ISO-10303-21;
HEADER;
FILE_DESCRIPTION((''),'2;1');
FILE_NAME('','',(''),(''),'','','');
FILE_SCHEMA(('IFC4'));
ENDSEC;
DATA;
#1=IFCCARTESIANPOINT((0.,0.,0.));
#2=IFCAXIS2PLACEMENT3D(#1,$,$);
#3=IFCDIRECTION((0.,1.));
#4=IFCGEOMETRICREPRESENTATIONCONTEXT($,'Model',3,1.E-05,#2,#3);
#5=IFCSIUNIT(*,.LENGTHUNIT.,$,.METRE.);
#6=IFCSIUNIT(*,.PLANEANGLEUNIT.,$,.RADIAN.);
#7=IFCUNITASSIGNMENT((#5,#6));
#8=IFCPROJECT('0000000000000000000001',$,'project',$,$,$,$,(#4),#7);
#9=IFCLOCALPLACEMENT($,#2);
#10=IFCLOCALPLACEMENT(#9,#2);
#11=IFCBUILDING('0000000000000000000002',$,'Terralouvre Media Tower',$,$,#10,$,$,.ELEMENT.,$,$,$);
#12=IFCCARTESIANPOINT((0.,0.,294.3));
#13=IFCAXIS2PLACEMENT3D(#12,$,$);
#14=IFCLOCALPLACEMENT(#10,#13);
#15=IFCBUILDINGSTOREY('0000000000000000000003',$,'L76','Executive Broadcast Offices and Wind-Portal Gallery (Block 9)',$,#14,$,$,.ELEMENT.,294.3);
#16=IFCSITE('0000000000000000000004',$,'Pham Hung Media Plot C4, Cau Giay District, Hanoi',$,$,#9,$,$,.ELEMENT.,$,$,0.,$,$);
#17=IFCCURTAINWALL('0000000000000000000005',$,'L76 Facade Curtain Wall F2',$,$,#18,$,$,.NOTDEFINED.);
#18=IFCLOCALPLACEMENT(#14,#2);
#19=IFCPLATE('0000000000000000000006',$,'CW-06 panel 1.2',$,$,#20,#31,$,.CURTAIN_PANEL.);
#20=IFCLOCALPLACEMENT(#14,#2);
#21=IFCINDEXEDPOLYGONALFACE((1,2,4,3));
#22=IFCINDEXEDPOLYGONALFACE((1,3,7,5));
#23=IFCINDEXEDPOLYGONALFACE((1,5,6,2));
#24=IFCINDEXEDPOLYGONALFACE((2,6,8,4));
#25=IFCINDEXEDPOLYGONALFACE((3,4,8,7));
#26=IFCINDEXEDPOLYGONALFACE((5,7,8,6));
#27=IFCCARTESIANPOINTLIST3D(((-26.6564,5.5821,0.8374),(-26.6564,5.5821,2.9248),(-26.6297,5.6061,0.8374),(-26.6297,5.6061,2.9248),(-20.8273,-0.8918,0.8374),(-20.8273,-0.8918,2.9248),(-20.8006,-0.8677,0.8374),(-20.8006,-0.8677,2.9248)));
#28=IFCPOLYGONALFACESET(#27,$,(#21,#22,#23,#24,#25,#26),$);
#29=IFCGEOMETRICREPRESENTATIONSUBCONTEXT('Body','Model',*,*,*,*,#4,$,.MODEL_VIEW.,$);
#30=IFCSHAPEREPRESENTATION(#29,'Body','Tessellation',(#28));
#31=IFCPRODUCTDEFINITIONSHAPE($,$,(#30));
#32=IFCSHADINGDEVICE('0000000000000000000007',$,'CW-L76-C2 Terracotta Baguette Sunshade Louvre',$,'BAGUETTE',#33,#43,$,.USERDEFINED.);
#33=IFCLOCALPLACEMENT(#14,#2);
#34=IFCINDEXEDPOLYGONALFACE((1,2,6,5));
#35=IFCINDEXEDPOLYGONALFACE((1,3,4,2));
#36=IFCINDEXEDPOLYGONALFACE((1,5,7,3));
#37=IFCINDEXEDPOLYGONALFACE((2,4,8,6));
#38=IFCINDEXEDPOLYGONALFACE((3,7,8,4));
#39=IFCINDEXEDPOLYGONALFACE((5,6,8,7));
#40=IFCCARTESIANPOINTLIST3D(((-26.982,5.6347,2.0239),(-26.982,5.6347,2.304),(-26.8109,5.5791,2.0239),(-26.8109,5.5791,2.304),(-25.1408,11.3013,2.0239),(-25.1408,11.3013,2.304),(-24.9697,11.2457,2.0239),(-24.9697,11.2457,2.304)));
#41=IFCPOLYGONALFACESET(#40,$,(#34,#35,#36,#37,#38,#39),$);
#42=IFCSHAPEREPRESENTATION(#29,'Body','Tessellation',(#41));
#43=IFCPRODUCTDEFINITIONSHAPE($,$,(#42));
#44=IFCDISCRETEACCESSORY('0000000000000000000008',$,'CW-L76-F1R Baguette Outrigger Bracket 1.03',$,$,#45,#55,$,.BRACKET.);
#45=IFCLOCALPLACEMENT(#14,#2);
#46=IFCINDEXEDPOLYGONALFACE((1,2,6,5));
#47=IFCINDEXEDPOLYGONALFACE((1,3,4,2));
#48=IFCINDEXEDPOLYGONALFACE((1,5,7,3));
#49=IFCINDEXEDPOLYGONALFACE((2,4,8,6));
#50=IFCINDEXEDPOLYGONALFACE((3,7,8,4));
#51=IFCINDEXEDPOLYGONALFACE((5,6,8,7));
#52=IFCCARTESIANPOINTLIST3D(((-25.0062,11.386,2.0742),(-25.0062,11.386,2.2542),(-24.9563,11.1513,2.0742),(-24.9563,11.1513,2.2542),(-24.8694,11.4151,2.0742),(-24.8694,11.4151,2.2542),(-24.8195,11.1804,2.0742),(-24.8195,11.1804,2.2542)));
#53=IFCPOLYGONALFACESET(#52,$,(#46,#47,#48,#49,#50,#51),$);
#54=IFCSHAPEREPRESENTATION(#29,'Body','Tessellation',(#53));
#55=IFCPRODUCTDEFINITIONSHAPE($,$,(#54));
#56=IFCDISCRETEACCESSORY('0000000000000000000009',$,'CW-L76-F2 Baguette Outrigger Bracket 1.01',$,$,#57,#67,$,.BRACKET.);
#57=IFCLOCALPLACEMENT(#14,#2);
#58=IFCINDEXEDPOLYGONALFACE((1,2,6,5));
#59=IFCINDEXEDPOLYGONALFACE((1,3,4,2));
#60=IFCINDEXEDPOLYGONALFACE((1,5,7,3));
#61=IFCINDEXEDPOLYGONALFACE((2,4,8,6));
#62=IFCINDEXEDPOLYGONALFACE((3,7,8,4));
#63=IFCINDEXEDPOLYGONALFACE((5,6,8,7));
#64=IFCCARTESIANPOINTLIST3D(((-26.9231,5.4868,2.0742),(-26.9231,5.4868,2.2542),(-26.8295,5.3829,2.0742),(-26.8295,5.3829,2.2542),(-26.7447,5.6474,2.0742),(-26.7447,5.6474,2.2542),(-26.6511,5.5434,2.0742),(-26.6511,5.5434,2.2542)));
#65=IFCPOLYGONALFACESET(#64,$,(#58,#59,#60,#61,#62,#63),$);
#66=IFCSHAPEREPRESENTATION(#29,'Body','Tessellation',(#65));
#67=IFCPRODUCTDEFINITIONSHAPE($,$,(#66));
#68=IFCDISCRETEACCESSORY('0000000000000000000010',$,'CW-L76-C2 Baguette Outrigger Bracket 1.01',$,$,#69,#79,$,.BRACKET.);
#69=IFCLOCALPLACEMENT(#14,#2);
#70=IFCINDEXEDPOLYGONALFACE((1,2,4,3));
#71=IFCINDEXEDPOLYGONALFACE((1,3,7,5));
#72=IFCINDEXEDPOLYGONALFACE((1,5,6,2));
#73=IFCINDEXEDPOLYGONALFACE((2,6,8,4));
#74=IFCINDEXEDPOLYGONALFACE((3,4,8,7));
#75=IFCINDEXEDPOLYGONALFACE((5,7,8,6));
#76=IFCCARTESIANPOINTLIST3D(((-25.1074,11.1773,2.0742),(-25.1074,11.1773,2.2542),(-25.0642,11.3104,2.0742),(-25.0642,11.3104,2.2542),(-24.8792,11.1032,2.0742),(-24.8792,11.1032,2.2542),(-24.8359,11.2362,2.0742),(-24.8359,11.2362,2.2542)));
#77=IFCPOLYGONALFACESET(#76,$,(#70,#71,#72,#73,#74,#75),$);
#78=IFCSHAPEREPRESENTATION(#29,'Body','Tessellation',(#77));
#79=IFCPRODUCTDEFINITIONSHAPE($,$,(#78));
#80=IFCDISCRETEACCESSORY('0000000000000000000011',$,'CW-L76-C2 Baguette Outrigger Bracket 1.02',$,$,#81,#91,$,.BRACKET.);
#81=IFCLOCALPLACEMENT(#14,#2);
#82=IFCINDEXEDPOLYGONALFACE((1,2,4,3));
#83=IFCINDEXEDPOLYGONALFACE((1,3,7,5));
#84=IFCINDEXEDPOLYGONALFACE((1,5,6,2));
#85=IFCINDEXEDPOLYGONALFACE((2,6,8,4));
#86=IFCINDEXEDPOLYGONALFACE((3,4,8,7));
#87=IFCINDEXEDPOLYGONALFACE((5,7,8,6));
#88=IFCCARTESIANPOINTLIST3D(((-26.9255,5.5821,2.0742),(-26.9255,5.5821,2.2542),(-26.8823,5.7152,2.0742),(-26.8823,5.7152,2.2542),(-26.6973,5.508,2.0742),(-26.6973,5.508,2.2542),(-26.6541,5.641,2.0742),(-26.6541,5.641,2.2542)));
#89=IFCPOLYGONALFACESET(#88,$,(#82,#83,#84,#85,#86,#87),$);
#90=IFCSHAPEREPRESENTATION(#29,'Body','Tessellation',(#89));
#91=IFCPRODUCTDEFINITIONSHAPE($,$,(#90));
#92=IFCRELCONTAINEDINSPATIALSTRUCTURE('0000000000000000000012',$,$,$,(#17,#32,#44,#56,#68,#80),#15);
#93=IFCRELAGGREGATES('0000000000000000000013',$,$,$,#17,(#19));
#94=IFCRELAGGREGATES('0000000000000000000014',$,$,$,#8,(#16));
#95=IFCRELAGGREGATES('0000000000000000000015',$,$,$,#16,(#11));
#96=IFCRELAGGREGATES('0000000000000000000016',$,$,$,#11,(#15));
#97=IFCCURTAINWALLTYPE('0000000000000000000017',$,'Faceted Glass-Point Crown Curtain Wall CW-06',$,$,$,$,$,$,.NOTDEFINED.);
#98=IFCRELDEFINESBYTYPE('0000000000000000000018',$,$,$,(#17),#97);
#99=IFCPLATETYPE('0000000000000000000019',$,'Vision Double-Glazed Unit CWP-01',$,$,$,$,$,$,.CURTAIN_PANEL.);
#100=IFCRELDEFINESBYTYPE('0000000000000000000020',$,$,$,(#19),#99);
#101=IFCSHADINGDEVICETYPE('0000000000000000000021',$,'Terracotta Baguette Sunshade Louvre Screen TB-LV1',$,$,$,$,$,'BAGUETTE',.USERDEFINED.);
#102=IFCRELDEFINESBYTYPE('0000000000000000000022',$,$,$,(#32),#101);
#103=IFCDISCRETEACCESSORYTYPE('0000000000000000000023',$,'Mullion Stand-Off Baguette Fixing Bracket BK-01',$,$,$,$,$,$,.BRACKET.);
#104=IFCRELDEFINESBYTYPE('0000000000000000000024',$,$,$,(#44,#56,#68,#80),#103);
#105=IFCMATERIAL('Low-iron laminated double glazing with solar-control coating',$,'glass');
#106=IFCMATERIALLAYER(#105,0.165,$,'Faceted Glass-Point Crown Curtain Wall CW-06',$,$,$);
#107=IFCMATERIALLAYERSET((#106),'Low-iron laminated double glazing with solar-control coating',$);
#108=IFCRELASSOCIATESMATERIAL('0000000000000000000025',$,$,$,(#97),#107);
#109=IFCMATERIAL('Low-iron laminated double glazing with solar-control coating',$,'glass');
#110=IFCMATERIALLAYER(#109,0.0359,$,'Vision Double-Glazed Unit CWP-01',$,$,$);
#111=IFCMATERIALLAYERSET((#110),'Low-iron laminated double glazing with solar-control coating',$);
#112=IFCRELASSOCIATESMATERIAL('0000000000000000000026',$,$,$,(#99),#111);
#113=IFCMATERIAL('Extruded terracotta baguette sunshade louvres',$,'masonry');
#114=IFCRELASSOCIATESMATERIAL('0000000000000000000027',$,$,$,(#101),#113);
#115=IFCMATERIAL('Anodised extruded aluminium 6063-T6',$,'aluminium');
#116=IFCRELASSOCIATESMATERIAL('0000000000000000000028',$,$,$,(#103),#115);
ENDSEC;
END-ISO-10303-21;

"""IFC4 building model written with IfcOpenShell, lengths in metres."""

from ifc_helpers import new_model, si_unit, direction, frame, origin, origin_2d, place, context, subcontext, project, spatial, rectangle, extrude, material, layer, layer_set, type_object, element, aggregate, save


model = new_model("IFC4")

# Units and contexts
model_context = context("Model", 3, precision=1e-05, world=origin(), true_north=direction((0.0, 1.0)))
body_context = subcontext(model_context, "Body", "Model", "MODEL_VIEW")
ifc_project = project(units=[si_unit("LENGTHUNIT", "METRE"), si_unit("PLANEANGLEUNIT", "RADIAN")], contexts=[model_context])

# Site, building, storey
site_placement = place(None, origin())
site = spatial("IfcSite", under=ifc_project, at=site_placement, Name="Pham Hung Media Plot C4, Cau Giay District, Hanoi", CompositionType="ELEMENT", RefElevation=0.0)
building_placement = place(site_placement, origin())
building = spatial("IfcBuilding", under=site, at=building_placement, Name="Terralouvre Media Tower", CompositionType="ELEMENT")
storey_placement = place(building_placement, frame((0.0, 0.0, 294.3)))
storey = spatial("IfcBuildingStorey", under=building, at=storey_placement, Name="L76", Description="Executive Broadcast Offices and Wind-Portal Gallery (Block 9)", CompositionType="ELEMENT", Elevation=294.3)

# Curtain wall
ifc_material_1 = material(Name="Low-iron laminated double glazing with solar-control coating", Category="glass")
ifc_layer_1 = layer(ifc_material_1, 0.165, Name="Faceted Glass-Point Crown Curtain Wall CW-06")
ifc_layer_set_1 = layer_set([ifc_layer_1], Name="Low-iron laminated double glazing with solar-control coating")
curtain_wall_type_1 = type_object("IfcCurtainWallType", Name="Faceted Glass-Point Crown Curtain Wall CW-06", PredefinedType="NOTDEFINED", material=ifc_layer_set_1)
curtain_wall_1_placement = place(storey_placement, origin())
curtain_wall_1 = element("IfcCurtainWall", 1, at=curtain_wall_1_placement, inside=storey, type_object=curtain_wall_type_1, Name="L76 Facade Curtain Wall F2", PredefinedType="NOTDEFINED")

# Plate
ifc_material_2 = material(Name="Low-iron laminated double glazing with solar-control coating", Category="glass")
ifc_layer_2 = layer(ifc_material_2, 0.0359, Name="Vision Double-Glazed Unit CWP-01")
ifc_layer_set_2 = layer_set([ifc_layer_2], Name="Low-iron laminated double glazing with solar-control coating")
plate_type_1 = type_object("IfcPlateType", Name="Vision Double-Glazed Unit CWP-01", PredefinedType="CURTAIN_PANEL", material=ifc_layer_set_2)
plate_1_placement = place(storey_placement, frame((-23.7285, 2.3572, 0.8374), z_axis=(0.0, 0.0, 1.0), x_axis=(0.669131, -0.743145, 0.0)))
plate_1 = element("IfcPlate", 2, at=plate_1_placement, type_object=plate_type_1, Name="CW-06 panel 1.2", PredefinedType="CURTAIN_PANEL", context=body_context, shape_type="SweptSolid", body=[
    extrude(rectangle(XDim=8.7114, YDim=0.0359, at=origin_2d()), origin(), (0.0, 0.0, 1.0), 2.0874),
])
aggregate(curtain_wall_1, [plate_1])

# Shading device
ifc_material_3 = material(Name="Extruded terracotta baguette sunshade louvres", Category="masonry")
shading_device_type = type_object("IfcShadingDeviceType", Name="Terracotta Baguette Sunshade Louvre Screen TB-LV1", ElementType="BAGUETTE", PredefinedType="USERDEFINED", material=ifc_material_3)
shading_device_placement = place(storey_placement, frame((-25.9758, 8.4402, 2.0239), z_axis=(0.0, 0.0, 1.0), x_axis=(-0.309017, -0.951057, 0.0)))
element("IfcShadingDevice", 3, at=shading_device_placement, inside=storey, type_object=shading_device_type, Name="CW-L76-C2 Terracotta Baguette Sunshade Louvre", ObjectType="BAGUETTE", PredefinedType="USERDEFINED", context=body_context, shape_type="SweptSolid", body=[
    extrude(rectangle(XDim=5.9583, YDim=0.1799, at=origin_2d()), origin(), (0.0, 0.0, 1.0), 0.28),
])

# Discrete accessories
ifc_material_4 = material(Name="Anodised extruded aluminium 6063-T6", Category="aluminium")
discrete_accessory_type = type_object("IfcDiscreteAccessoryType", Name="Mullion Stand-Off Baguette Fixing Bracket BK-01", PredefinedType="BRACKET", material=ifc_material_4)
for number, where, z_axis, x_axis, name in (
    (4, (-24.9128, 11.2832, 2.0742), (0.0, 0.0, 1.0), (-0.978148, -0.207911, 0.0), "CW-L76-F1R Baguette Outrigger Bracket 1.03"),
    (5, (-26.7871, 5.5151, 2.0742), (0.0, 0.0, 1.0), (0.669131, -0.743145, 0.0), "CW-L76-F2 Baguette Outrigger Bracket 1.01"),
    (6, (-24.9717, 11.2068, 2.0742), (0.0, 0.0, 1.0), (-0.309017, -0.951057, 0.0), "CW-L76-C2 Baguette Outrigger Bracket 1.01"),
    (7, (-26.7898, 5.6116, 2.0742), (0.0, 0.0, 1.0), (-0.309017, -0.951057, 0.0), "CW-L76-C2 Baguette Outrigger Bracket 1.02"),
):
    element("IfcDiscreteAccessory", number, at=place(storey_placement, frame(where, z_axis=z_axis, x_axis=x_axis)), inside=storey, type_object=discrete_accessory_type, Name=name, PredefinedType="BRACKET", context=body_context, shape_type="SweptSolid", body=[
        extrude(rectangle(XDim=0.1399, YDim=0.24, at=origin_2d()), origin(), (0.0, 0.0, 1.0), 0.1799),
    ])

save(model, "model.ifc")
